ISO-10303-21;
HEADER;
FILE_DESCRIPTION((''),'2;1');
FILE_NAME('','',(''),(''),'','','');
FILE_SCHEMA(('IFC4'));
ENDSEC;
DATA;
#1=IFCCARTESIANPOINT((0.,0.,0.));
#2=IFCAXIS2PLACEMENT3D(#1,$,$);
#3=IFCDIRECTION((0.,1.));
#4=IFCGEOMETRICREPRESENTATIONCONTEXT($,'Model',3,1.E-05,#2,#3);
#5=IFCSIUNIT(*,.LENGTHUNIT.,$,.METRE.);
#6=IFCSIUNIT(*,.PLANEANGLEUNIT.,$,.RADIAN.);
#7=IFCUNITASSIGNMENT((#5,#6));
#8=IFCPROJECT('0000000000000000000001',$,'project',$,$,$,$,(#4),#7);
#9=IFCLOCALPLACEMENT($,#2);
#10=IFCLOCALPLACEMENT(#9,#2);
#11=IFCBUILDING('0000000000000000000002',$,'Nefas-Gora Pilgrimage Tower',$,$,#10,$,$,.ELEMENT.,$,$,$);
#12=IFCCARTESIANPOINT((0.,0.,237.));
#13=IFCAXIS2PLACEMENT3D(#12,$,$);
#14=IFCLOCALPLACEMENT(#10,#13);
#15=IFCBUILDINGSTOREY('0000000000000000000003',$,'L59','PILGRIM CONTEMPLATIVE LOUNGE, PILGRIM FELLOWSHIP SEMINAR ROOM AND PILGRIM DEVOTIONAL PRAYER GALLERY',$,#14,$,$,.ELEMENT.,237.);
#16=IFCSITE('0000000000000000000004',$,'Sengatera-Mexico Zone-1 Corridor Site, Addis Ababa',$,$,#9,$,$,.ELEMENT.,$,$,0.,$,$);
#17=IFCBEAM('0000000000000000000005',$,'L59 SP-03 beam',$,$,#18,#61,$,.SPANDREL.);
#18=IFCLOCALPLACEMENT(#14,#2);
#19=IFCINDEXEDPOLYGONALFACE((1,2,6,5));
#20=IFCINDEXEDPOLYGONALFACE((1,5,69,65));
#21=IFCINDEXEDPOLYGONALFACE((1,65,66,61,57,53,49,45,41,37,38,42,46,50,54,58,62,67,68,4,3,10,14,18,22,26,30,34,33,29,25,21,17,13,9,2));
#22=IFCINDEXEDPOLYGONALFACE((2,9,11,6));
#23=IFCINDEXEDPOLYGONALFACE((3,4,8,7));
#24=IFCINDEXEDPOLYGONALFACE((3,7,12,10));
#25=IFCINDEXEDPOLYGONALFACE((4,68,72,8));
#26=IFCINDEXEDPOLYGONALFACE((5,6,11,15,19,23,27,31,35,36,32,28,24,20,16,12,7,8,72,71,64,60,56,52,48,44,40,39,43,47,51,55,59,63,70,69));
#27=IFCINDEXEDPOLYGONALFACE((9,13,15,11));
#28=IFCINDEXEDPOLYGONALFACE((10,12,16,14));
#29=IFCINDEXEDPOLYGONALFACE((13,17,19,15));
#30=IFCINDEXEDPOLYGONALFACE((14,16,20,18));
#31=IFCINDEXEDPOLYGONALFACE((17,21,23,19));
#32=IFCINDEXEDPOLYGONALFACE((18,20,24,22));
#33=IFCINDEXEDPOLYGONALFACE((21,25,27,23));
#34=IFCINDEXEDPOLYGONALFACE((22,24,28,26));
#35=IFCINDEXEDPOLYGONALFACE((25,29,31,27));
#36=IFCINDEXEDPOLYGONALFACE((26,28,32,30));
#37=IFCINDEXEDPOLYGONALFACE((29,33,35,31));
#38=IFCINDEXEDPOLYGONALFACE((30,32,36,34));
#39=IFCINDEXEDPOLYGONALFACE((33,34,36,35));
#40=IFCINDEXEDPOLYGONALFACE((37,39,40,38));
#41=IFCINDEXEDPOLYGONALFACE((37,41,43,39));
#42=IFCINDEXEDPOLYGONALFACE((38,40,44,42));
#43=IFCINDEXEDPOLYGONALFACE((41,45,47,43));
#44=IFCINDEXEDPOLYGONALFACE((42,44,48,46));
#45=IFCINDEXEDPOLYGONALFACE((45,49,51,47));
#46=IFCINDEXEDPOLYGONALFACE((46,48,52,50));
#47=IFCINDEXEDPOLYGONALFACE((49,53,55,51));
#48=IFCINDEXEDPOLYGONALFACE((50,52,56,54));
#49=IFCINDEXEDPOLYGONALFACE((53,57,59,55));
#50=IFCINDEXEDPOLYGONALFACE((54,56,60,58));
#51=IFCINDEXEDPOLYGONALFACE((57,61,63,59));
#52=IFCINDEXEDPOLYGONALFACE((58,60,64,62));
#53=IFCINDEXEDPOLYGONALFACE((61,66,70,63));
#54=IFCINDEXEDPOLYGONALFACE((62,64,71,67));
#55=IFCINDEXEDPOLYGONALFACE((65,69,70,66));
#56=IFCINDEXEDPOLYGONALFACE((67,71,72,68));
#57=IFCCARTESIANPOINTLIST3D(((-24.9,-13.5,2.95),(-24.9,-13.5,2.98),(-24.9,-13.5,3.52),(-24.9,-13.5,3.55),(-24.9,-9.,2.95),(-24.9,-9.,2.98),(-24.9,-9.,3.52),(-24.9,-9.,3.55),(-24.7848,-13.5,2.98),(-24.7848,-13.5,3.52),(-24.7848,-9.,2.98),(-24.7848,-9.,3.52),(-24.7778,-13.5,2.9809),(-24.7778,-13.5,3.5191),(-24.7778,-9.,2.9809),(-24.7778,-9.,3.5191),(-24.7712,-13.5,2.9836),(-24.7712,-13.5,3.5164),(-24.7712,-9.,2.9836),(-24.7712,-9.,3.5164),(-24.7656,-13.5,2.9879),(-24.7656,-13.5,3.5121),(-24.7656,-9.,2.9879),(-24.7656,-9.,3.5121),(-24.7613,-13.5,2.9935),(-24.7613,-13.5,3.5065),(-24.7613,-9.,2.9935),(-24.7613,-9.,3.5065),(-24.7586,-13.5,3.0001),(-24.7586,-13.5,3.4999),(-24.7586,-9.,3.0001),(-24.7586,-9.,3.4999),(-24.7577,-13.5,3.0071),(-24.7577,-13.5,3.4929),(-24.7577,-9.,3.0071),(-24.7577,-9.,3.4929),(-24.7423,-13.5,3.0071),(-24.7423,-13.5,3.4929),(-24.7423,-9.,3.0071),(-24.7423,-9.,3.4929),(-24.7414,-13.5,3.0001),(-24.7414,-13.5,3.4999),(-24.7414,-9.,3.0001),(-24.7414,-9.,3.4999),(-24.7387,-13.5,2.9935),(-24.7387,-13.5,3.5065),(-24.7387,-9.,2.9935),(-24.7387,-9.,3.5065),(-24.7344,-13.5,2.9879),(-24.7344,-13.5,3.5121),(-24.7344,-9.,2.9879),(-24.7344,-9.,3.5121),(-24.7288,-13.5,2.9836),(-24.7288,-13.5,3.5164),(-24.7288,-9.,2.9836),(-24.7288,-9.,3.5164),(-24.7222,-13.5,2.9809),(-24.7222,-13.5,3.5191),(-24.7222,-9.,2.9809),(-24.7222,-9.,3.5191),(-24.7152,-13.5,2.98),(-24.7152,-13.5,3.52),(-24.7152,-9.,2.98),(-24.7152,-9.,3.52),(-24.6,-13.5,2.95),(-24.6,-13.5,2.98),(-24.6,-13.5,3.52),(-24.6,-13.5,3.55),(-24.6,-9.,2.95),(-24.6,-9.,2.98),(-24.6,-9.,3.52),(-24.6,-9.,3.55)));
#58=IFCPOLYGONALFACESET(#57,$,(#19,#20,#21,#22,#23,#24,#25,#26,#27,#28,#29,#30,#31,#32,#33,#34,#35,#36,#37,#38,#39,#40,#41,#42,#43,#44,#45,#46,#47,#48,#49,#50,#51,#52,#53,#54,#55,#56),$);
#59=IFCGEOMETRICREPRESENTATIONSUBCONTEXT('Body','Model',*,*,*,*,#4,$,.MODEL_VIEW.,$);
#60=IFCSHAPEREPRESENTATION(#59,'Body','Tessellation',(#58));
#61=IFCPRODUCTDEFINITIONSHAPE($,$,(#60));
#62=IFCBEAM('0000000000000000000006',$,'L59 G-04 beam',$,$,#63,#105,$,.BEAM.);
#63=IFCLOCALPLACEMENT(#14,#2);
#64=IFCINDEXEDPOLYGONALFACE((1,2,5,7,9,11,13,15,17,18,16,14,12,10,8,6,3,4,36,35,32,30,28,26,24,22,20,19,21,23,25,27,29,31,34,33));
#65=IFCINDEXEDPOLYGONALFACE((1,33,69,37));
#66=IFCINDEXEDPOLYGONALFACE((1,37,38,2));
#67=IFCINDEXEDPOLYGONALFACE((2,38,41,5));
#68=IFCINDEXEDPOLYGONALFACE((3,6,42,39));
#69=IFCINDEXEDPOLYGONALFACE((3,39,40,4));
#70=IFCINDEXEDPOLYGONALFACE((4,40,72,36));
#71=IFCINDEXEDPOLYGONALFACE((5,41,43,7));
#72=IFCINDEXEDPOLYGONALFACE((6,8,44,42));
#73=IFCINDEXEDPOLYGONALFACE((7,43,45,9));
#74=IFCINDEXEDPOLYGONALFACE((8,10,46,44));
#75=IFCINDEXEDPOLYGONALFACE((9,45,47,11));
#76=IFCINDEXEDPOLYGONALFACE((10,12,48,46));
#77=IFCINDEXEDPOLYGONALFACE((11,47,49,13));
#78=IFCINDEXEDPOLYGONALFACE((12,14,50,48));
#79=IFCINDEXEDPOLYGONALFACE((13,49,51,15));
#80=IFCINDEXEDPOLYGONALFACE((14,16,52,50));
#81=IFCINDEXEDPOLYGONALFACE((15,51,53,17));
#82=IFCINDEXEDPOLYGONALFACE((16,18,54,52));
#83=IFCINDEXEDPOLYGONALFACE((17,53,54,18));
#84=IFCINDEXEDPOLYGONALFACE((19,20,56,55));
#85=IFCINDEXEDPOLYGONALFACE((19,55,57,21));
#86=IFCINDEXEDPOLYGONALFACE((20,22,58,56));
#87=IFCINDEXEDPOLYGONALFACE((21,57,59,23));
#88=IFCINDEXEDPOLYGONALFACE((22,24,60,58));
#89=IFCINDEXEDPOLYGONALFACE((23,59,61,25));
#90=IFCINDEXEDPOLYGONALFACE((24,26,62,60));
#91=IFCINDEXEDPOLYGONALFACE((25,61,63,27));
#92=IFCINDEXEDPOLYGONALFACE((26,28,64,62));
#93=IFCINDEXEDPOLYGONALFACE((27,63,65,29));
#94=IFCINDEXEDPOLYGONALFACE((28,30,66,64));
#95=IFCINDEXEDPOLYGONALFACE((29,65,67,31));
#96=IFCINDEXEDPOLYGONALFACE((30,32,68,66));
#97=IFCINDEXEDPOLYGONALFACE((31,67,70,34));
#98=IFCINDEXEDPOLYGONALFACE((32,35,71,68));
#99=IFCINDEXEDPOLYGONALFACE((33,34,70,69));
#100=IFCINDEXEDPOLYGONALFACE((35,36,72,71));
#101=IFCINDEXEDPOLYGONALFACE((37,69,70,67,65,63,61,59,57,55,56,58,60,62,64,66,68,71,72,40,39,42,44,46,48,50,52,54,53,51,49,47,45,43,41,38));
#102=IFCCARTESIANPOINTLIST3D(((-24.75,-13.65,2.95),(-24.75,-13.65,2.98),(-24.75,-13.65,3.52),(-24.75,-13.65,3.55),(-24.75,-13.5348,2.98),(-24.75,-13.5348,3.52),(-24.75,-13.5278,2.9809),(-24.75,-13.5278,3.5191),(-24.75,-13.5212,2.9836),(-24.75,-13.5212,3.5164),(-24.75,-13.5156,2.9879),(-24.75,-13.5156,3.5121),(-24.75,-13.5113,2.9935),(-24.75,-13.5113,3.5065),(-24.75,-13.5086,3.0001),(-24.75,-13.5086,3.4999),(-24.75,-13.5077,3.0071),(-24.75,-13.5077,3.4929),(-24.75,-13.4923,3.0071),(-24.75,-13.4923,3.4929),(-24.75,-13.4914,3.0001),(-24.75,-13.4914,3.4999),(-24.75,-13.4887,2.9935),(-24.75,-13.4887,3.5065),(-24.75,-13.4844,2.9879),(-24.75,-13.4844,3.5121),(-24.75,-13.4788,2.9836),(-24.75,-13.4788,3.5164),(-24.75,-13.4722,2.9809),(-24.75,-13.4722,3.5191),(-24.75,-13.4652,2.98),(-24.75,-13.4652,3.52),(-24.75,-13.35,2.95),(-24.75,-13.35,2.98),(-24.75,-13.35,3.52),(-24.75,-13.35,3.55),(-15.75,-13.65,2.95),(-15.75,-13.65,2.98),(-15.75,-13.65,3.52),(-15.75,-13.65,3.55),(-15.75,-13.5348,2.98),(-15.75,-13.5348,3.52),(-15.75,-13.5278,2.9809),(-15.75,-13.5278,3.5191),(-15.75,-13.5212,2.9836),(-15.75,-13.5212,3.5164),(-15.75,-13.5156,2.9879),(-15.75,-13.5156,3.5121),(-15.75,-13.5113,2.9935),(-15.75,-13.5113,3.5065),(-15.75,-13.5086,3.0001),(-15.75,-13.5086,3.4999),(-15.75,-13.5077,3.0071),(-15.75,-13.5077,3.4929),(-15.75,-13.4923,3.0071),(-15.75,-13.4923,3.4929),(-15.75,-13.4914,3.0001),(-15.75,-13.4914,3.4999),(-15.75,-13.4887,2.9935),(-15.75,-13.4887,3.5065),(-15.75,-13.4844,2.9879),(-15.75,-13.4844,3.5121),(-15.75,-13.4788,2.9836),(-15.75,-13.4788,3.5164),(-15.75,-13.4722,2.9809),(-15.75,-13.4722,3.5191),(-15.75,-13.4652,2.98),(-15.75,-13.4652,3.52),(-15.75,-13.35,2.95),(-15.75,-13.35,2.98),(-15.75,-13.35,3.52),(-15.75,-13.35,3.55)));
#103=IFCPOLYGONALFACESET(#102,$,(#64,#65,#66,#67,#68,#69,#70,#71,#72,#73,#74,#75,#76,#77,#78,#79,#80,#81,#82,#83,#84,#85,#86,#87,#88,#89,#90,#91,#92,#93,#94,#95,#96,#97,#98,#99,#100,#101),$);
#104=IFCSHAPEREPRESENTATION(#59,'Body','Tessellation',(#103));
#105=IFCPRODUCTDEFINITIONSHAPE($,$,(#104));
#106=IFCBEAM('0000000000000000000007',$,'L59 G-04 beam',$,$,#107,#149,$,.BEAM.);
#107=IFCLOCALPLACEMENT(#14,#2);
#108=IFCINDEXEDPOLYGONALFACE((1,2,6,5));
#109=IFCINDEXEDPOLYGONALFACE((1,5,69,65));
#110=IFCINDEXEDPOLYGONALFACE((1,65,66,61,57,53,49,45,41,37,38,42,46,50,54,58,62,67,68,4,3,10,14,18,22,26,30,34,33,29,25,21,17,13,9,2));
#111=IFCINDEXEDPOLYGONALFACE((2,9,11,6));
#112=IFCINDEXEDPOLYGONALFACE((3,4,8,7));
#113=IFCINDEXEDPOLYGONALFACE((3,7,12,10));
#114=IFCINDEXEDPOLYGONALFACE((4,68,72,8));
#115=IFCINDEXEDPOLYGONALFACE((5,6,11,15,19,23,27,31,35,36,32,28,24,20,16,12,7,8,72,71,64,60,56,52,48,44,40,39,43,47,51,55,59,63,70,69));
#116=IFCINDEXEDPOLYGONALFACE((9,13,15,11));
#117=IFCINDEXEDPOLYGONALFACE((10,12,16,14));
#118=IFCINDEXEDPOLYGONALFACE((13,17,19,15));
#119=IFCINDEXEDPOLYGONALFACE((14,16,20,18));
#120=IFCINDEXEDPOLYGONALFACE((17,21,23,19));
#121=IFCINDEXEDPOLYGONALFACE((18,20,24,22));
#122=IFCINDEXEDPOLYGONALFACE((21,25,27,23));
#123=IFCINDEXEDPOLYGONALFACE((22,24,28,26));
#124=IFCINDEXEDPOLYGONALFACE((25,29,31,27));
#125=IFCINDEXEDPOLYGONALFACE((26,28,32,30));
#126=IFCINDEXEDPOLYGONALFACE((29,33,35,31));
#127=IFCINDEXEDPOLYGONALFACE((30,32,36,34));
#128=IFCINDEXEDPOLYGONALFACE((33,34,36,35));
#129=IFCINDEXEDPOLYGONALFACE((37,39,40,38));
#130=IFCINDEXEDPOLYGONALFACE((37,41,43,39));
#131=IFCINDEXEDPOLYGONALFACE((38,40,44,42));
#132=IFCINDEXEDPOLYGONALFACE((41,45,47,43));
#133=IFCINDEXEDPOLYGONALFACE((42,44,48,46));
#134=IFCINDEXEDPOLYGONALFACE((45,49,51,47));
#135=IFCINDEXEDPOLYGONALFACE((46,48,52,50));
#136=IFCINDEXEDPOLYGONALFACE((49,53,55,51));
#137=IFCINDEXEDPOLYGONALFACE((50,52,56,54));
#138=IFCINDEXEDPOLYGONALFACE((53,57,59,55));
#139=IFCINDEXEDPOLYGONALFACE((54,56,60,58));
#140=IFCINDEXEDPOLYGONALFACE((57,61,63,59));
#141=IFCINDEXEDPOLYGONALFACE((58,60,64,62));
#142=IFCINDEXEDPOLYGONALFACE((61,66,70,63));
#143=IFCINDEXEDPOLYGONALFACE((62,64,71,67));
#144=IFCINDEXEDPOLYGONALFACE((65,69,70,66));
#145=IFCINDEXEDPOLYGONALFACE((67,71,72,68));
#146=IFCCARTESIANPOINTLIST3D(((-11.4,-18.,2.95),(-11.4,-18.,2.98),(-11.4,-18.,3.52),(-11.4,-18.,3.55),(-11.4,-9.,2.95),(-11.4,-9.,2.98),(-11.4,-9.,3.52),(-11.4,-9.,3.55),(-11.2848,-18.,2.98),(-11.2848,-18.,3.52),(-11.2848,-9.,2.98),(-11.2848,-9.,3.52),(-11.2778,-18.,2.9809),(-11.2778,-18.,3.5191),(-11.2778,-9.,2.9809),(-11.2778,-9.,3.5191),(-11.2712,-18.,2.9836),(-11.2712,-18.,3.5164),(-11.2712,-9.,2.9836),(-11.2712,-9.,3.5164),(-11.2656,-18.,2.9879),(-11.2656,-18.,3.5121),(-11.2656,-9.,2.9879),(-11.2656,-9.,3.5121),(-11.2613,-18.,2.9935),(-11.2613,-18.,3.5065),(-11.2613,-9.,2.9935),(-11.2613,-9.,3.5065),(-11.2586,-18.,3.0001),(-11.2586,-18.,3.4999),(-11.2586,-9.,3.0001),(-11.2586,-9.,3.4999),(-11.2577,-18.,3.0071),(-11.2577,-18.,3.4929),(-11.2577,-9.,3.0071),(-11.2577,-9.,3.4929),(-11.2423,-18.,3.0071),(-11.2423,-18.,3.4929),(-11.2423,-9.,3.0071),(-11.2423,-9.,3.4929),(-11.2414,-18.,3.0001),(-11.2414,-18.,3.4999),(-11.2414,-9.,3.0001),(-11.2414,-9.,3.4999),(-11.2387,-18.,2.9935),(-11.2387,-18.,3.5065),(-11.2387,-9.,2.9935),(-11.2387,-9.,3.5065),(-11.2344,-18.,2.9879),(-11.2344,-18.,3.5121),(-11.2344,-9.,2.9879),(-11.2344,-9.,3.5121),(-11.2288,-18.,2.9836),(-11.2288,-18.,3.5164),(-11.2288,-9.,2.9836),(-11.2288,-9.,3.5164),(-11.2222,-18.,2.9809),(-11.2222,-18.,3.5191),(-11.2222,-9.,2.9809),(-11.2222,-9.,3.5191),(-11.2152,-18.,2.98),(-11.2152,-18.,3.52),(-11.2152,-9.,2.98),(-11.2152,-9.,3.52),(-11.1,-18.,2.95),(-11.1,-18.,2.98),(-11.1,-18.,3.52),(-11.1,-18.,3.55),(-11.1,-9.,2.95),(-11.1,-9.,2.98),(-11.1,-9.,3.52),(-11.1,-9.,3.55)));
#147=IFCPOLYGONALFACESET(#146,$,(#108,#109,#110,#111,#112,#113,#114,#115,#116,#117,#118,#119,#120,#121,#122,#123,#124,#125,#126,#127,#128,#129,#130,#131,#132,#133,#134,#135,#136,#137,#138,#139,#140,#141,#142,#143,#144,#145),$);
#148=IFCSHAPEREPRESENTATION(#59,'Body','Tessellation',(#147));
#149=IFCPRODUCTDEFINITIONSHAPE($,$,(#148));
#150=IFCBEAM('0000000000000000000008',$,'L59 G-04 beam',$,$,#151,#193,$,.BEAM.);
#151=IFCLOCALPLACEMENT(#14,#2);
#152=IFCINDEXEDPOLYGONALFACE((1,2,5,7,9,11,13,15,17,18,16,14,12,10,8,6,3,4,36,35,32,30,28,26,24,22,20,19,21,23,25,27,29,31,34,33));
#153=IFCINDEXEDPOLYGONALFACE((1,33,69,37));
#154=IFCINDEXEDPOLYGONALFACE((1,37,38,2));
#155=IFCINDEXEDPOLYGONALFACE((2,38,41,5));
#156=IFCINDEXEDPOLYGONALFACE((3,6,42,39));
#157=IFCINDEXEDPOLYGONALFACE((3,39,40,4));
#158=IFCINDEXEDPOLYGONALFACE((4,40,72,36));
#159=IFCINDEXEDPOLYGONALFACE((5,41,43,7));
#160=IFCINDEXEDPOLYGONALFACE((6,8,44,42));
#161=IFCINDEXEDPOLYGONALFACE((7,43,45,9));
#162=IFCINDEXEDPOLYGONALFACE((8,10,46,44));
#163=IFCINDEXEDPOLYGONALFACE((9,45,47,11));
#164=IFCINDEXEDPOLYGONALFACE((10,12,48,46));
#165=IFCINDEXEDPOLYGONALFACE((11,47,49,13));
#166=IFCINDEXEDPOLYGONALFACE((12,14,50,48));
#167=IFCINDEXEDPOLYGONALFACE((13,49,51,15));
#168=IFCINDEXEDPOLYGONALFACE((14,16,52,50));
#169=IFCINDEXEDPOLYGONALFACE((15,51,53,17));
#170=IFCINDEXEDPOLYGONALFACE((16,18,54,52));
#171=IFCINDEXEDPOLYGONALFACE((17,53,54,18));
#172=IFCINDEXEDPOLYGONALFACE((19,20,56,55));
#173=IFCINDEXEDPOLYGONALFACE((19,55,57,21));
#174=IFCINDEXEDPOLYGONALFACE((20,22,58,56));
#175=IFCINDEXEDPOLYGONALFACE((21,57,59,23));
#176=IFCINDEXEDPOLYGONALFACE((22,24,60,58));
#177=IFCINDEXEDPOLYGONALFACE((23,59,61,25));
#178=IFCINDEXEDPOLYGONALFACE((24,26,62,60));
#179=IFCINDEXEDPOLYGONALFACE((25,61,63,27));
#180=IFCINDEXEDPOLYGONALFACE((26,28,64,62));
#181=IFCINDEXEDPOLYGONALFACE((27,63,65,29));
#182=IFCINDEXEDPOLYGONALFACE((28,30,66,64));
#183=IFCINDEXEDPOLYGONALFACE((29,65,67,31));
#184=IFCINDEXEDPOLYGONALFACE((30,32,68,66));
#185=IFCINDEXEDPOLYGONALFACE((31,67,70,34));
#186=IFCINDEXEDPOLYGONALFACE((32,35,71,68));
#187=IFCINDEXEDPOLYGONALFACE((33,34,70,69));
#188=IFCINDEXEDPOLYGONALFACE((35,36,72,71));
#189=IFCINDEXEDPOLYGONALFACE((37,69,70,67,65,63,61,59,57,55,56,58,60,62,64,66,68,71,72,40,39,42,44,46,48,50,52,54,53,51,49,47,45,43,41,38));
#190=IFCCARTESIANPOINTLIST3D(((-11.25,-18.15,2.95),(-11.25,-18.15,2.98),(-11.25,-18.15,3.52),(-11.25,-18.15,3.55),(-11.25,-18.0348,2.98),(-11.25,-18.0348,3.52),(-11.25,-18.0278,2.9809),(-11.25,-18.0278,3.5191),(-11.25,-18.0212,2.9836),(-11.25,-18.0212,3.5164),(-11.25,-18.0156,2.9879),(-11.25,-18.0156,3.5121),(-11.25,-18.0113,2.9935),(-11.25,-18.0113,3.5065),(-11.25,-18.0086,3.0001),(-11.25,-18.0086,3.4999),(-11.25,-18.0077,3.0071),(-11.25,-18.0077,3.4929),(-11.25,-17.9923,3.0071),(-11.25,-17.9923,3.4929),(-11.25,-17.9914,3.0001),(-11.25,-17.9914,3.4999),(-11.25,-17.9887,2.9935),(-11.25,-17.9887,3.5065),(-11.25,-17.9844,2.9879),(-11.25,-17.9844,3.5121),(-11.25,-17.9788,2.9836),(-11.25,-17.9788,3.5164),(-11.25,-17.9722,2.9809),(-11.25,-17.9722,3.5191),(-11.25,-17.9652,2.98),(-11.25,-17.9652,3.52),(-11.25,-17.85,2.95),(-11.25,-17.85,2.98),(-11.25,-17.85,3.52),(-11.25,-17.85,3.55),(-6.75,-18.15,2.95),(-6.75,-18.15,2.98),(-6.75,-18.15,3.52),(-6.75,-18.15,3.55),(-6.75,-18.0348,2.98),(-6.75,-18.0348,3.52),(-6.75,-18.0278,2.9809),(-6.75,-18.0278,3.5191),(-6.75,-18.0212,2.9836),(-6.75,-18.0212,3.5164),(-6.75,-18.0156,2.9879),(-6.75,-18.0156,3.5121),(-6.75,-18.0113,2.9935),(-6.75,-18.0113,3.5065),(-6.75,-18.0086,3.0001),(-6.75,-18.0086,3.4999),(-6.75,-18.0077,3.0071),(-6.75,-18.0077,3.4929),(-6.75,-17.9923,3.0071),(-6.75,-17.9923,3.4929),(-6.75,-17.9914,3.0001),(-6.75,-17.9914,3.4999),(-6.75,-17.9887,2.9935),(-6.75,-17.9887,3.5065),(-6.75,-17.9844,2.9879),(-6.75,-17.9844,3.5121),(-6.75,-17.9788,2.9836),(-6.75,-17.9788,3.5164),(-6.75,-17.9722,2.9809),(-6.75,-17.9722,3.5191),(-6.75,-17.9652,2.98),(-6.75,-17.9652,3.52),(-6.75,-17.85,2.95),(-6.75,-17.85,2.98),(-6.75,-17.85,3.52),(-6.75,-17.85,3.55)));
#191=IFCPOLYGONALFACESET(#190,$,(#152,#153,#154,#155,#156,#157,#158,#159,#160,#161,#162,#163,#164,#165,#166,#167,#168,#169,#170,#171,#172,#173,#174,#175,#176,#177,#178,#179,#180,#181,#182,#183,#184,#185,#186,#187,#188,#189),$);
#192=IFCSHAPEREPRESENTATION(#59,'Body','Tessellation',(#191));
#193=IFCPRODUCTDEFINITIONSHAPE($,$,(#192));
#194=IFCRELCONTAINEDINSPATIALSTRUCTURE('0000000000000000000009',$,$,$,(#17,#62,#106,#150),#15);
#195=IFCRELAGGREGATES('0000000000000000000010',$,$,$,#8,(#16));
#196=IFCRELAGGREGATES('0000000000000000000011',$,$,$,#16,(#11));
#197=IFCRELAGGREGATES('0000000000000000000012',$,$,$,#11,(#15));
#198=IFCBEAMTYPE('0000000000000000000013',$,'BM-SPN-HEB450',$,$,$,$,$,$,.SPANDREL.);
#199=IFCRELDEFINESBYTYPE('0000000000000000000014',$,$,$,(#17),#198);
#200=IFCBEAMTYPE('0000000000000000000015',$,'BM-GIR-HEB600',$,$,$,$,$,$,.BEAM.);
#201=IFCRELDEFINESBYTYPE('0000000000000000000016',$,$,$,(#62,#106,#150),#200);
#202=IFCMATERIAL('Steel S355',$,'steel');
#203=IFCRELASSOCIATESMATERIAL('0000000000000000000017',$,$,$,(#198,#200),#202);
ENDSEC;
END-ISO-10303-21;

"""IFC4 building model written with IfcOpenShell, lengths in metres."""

from ifc_helpers import new_model, si_unit, direction, frame, origin, origin_2d, place, context, subcontext, project, spatial, i_section, extrude, source, transform, mapped, material, material_profile, profile_set, type_object, element, save


model = new_model("IFC4")

# Units and contexts
model_context = context("Model", 3, precision=1e-05, world=origin(), true_north=direction((0.0, 1.0)))
body_context = subcontext(model_context, "Body", "Model", "MODEL_VIEW")
ifc_project = project(units=[si_unit("LENGTHUNIT", "METRE"), si_unit("PLANEANGLEUNIT", "RADIAN")], contexts=[model_context])

# Site, building, storey
site_placement = place(None, origin())
site = spatial("IfcSite", under=ifc_project, at=site_placement, Name="Sengatera-Mexico Zone-1 Corridor Site, Addis Ababa", CompositionType="ELEMENT", RefElevation=0.0)
building_placement = place(site_placement, origin())
building = spatial("IfcBuilding", under=site, at=building_placement, Name="Nefas-Gora Pilgrimage Tower", CompositionType="ELEMENT")
storey_placement = place(building_placement, frame((0.0, 0.0, 237.0)))
storey = spatial("IfcBuildingStorey", under=building, at=storey_placement, Name="L59", Description="PILGRIM CONTEMPLATIVE LOUNGE, PILGRIM FELLOWSHIP SEMINAR ROOM AND PILGRIM DEVOTIONAL PRAYER GALLERY", CompositionType="ELEMENT", Elevation=237.0)

# Beams
ifc_material_1 = material(Name="Steel S355", Category="steel")
ifc_material_profile_1 = material_profile(ifc_material_1, i_section(OverallWidth=0.3, OverallDepth=0.6001, WebThickness=0.0154, FlangeThickness=0.03, FilletRadius=0.0271, at=origin_2d()), Name="HEB 600")
ifc_profile_set_1 = profile_set([ifc_material_profile_1], Name="Steel S355")
beam_type_1 = type_object("IfcBeamType", Name="BM-SPN-HEB450", PredefinedType="SPANDREL", material=ifc_profile_set_1)
shared_shape_1 = source(origin(), body_context, "Body", "SweptSolid", [
    extrude(i_section(OverallWidth=0.3, OverallDepth=0.6001, WebThickness=0.0154, FlangeThickness=0.03, FilletRadius=0.0271, at=origin_2d()), origin(), (0.0, 0.0, 1.0), 4.5),
])
beam_1_placement = place(storey_placement, frame((-24.75, -13.5, 3.25), z_axis=(0.0, 1.0, 0.0), x_axis=(-1.0, 0.0, 0.0)))
element("IfcBeam", 1, at=beam_1_placement, inside=storey, type_object=beam_type_1, Name="L59 SP-03 beam", PredefinedType="SPANDREL", context=body_context, shape_type="MappedRepresentation", body=[
    mapped(shared_shape_1, transform((0.0, 0.0, 0.0), x_axis=(1.0, 0.0, 0.0), y_axis=(0.0, 1.0, 0.0), z_axis=(0.0, 0.0, 1.0), scale=1.0)),
])
ifc_material_profile_2 = material_profile(ifc_material_1, i_section(OverallWidth=0.3, OverallDepth=0.6001, WebThickness=0.0154, FlangeThickness=0.03, FilletRadius=0.0271, at=origin_2d()), Name="HEB 600")
ifc_profile_set_2 = profile_set([ifc_material_profile_2], Name="Steel S355")
beam_type_2 = type_object("IfcBeamType", Name="BM-GIR-HEB600", PredefinedType="BEAM", material=ifc_profile_set_2)
shared_shape_2 = source(origin(), body_context, "Body", "SweptSolid", [
    extrude(i_section(OverallWidth=0.3, OverallDepth=0.6001, WebThickness=0.0154, FlangeThickness=0.03, FilletRadius=0.0271, at=origin_2d()), origin(), (0.0, 0.0, 1.0), 9.0),
])
for number, where, z_axis, x_axis, name in (
    (2, (-24.75, -13.5, 3.25), (1.0, 0.0, 0.0), (0.0, 1.0, 0.0), "L59 G-04 beam"),
    (3, (-11.25, -18.0, 3.25), (0.0, 1.0, 0.0), (-1.0, 0.0, 0.0), "L59 G-04 beam"),
):
    element("IfcBeam", number, at=place(storey_placement, frame(where, z_axis=z_axis, x_axis=x_axis)), inside=storey, type_object=beam_type_2, Name=name, PredefinedType="BEAM", context=body_context, shape_type="MappedRepresentation", body=[
        mapped(shared_shape_2, transform((0.0, 0.0, 0.0), x_axis=(1.0, 0.0, 0.0), y_axis=(0.0, 1.0, 0.0), z_axis=(0.0, 0.0, 1.0), scale=1.0)),
    ])
shared_shape_3 = source(origin(), body_context, "Body", "SweptSolid", [
    extrude(i_section(OverallWidth=0.3, OverallDepth=0.6001, WebThickness=0.0154, FlangeThickness=0.03, FilletRadius=0.0271, at=origin_2d()), origin(), (0.0, 0.0, 1.0), 4.5),
])
beam_2_placement = place(storey_placement, frame((-11.25, -18.0, 3.25), z_axis=(1.0, 0.0, 0.0), x_axis=(0.0, 1.0, 0.0)))
element("IfcBeam", 4, at=beam_2_placement, inside=storey, type_object=beam_type_2, Name="L59 G-04 beam", PredefinedType="BEAM", context=body_context, shape_type="MappedRepresentation", body=[
    mapped(shared_shape_3, transform((0.0, 0.0, 0.0), x_axis=(1.0, 0.0, 0.0), y_axis=(0.0, 1.0, 0.0), z_axis=(0.0, 0.0, 1.0), scale=1.0)),
])

save(model, "model.ifc")
